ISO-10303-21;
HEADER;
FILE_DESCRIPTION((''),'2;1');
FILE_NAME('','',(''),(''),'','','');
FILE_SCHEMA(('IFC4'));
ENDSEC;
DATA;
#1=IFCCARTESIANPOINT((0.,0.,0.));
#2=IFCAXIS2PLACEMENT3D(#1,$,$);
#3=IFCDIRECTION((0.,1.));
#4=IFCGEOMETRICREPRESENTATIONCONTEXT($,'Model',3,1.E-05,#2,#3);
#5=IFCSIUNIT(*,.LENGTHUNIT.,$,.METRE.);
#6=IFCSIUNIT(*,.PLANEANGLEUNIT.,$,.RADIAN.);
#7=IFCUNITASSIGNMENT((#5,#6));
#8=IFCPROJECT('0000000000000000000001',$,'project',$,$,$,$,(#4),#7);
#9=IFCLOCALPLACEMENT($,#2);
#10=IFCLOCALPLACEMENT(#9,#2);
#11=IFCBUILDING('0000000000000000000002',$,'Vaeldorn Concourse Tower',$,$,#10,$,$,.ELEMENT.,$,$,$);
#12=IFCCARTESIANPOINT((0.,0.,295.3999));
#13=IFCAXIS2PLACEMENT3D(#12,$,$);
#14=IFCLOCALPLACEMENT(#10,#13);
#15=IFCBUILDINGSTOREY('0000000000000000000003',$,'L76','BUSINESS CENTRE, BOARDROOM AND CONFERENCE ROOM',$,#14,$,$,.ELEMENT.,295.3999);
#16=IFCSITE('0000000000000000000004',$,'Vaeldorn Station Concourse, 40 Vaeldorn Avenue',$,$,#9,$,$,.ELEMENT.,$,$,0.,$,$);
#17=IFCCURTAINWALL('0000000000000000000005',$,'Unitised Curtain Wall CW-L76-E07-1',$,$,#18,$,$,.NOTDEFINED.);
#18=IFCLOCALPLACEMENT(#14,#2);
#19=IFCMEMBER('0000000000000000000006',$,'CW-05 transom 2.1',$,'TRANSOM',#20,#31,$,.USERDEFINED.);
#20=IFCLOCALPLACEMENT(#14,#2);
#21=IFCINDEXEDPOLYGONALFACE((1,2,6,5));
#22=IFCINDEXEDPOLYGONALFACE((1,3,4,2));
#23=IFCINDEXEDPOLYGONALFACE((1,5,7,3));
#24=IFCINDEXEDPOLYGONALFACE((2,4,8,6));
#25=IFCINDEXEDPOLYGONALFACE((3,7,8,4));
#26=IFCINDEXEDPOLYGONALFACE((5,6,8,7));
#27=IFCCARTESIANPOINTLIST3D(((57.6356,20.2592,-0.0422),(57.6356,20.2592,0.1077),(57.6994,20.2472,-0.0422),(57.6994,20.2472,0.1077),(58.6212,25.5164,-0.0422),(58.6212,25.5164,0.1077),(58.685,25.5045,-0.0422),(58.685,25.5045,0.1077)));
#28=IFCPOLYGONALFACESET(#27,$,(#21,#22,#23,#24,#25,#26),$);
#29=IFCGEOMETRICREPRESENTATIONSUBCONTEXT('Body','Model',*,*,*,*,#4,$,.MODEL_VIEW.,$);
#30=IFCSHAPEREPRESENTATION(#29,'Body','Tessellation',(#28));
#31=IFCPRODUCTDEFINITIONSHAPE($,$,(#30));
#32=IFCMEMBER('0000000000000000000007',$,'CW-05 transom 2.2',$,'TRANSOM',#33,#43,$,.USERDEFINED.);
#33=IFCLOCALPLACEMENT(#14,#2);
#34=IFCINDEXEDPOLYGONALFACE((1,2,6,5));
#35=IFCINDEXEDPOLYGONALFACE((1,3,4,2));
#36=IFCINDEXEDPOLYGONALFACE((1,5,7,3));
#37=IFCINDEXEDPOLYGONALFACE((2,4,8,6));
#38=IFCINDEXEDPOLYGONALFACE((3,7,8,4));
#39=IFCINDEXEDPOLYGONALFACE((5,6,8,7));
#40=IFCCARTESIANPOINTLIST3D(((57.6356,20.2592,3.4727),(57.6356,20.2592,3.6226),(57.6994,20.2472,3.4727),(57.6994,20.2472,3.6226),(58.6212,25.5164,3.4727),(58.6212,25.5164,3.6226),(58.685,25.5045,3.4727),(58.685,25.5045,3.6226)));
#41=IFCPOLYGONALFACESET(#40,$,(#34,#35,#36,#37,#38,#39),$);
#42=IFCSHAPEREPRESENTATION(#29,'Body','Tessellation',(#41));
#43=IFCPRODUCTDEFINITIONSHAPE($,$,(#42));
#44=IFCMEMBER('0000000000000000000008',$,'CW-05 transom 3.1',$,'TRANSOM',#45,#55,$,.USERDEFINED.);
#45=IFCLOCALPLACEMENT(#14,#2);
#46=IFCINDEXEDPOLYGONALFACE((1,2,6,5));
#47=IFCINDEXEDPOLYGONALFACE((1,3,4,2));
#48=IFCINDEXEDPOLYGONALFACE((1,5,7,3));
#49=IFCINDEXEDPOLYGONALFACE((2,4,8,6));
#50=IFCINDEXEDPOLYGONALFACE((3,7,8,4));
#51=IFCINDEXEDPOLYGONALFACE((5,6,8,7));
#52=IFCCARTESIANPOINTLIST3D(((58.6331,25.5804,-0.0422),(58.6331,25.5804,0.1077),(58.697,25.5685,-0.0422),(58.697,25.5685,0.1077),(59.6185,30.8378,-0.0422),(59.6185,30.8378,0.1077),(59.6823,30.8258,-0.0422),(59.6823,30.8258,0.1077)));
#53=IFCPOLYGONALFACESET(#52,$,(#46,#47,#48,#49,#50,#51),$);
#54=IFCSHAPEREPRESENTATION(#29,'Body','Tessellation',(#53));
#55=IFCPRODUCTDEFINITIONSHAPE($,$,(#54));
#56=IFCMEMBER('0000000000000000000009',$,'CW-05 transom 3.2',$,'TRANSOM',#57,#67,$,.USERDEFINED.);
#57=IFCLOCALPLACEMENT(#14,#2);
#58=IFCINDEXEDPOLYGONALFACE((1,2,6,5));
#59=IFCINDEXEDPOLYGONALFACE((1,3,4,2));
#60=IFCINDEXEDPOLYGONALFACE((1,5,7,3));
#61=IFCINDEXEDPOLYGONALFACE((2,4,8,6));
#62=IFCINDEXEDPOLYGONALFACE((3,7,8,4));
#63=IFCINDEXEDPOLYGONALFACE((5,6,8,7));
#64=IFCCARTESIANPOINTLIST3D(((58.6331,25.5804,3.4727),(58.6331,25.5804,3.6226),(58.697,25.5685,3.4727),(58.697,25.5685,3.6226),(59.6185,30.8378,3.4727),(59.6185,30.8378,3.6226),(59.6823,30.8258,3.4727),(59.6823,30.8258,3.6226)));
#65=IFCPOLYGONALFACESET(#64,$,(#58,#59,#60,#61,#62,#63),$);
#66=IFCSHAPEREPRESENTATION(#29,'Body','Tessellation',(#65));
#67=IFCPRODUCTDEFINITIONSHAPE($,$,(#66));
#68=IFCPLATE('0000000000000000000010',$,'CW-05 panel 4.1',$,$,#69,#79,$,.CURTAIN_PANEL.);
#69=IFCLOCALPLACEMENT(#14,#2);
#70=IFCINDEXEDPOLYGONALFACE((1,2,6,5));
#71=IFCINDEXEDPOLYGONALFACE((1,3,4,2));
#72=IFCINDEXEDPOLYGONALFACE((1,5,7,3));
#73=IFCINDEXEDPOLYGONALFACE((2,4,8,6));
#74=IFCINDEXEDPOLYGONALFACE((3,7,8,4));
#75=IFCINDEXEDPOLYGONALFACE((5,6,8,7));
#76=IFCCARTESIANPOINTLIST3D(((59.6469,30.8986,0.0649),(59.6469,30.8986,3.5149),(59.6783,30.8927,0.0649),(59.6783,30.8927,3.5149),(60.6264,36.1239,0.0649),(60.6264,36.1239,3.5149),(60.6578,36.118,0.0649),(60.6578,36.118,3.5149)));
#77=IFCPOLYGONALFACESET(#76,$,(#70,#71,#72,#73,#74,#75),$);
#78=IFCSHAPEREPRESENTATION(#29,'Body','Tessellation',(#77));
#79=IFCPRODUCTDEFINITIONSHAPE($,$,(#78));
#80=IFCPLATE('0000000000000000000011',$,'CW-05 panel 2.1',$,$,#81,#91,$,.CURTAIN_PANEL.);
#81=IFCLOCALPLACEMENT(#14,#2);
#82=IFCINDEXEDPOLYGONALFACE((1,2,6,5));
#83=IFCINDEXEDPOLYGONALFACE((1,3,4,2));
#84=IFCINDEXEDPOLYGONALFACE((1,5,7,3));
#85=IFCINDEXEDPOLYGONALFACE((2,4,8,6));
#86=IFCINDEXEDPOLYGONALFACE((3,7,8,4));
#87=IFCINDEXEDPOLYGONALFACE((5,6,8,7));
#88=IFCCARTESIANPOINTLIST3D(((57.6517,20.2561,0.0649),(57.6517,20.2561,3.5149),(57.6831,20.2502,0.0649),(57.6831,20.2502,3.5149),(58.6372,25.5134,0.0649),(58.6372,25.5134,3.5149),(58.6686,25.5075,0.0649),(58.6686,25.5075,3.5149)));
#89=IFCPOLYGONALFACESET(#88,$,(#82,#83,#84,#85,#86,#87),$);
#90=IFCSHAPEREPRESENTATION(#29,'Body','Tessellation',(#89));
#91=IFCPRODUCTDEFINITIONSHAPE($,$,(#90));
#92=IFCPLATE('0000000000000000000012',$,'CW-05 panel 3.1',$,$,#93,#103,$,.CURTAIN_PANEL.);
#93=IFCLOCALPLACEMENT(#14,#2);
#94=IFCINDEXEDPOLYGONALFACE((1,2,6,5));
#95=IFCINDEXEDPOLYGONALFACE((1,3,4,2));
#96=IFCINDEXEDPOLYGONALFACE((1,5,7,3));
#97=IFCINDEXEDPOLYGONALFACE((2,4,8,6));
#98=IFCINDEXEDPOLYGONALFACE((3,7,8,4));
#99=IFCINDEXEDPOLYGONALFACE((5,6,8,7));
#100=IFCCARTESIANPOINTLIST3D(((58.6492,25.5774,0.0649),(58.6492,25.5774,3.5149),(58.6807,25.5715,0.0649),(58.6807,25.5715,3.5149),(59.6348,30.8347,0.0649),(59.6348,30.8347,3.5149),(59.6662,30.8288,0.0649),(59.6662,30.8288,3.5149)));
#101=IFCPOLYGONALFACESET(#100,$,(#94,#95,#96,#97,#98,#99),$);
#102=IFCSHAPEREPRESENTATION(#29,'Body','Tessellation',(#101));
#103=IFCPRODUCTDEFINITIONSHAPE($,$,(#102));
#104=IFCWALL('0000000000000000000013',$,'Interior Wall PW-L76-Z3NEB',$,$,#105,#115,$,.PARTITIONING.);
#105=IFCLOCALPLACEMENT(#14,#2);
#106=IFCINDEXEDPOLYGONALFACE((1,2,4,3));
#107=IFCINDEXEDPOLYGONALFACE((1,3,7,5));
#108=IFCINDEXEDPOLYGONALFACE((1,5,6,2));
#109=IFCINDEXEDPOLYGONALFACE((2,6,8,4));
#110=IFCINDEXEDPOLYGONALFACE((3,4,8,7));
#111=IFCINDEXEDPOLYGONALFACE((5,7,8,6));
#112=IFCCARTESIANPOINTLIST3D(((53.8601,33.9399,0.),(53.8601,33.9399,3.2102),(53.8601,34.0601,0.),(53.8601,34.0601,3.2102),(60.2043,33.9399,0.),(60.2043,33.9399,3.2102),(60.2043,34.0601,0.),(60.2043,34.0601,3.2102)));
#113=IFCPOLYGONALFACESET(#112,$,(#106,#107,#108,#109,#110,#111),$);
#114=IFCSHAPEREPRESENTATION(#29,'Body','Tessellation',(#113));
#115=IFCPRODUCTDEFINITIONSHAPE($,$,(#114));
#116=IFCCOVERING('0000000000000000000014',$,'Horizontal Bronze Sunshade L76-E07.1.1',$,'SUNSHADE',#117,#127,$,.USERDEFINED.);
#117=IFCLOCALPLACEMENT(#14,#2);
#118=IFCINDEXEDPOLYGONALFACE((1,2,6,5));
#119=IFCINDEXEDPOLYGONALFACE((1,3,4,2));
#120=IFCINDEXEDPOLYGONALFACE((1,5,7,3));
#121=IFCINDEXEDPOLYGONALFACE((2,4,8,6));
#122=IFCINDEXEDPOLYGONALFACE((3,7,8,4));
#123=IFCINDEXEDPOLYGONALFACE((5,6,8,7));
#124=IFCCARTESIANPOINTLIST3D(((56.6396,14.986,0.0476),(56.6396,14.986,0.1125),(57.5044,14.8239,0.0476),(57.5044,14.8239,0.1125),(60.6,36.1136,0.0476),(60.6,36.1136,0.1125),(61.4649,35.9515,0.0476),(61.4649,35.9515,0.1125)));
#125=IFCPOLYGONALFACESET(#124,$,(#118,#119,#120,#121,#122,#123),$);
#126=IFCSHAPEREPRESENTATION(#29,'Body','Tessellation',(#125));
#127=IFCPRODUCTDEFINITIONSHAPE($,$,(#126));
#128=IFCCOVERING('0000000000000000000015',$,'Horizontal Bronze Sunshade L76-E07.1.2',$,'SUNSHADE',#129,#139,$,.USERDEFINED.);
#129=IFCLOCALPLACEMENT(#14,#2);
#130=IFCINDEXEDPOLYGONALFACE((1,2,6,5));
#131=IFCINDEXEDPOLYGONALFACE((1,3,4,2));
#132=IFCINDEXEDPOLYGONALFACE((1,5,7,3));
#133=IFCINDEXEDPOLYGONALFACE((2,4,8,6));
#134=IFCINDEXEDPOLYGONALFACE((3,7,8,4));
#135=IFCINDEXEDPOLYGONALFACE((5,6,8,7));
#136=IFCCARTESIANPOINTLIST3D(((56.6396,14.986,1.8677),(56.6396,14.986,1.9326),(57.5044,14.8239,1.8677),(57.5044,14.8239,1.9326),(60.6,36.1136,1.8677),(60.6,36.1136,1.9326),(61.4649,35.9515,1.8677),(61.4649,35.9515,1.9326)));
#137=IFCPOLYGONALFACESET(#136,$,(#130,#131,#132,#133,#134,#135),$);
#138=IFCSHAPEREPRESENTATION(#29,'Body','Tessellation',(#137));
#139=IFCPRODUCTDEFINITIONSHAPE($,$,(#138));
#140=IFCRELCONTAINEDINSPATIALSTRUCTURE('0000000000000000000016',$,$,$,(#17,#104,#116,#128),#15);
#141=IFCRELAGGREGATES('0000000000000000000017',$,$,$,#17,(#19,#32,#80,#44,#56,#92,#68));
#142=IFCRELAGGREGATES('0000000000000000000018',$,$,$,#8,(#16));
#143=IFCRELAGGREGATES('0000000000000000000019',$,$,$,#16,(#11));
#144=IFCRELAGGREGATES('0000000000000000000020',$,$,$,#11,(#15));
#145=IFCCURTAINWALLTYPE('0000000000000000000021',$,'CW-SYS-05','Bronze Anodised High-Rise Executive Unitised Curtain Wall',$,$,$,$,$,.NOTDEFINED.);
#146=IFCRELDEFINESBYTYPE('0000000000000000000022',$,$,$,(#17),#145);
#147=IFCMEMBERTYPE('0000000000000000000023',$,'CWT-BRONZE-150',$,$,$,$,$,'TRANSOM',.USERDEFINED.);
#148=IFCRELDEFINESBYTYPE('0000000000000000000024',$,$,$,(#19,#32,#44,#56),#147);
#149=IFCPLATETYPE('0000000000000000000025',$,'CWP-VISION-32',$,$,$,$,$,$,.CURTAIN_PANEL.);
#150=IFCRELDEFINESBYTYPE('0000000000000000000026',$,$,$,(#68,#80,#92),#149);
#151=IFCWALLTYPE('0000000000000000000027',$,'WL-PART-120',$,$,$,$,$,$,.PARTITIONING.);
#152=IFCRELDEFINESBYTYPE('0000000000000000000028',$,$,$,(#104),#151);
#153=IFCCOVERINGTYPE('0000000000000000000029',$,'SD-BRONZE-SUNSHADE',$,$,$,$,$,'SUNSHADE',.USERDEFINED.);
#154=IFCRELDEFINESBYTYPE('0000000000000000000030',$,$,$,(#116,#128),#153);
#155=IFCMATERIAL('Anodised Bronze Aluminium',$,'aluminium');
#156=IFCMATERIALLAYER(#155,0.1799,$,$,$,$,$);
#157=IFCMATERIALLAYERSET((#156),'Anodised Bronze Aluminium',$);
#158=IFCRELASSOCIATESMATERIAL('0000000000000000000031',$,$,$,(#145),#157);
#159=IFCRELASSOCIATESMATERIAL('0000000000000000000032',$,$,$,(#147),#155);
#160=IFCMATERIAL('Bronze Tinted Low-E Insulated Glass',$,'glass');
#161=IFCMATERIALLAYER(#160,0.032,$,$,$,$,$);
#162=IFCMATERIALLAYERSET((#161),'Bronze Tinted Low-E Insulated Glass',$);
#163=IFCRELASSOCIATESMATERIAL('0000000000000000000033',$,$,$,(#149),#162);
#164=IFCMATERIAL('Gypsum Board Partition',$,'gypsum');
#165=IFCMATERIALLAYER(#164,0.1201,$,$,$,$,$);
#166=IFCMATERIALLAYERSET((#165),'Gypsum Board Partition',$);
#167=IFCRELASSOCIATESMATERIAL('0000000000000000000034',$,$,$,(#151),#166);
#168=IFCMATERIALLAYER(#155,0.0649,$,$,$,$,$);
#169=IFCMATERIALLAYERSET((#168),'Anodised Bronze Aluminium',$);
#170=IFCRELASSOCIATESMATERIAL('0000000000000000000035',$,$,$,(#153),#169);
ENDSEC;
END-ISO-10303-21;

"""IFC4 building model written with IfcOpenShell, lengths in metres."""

from ifc_helpers import new_model, si_unit, direction, frame, frame_2d, origin, origin_2d, place, context, subcontext, project, spatial, rectangle, extrude, source, transform, mapped, material, layer, layer_set, material_profile, profile_set, type_object, element, aggregate, save


model = new_model("IFC4")

# Units and contexts
model_context = context("Model", 3, precision=1e-05, world=origin(), true_north=direction((0.0, 1.0)))
body_context = subcontext(model_context, "Body", "Model", "MODEL_VIEW")
ifc_project = project(units=[si_unit("LENGTHUNIT", "METRE"), si_unit("PLANEANGLEUNIT", "RADIAN")], contexts=[model_context])

# Site, building, storey
site_placement = place(None, origin())
site = spatial("IfcSite", under=ifc_project, at=site_placement, Name="Vaeldorn Station Concourse, 40 Vaeldorn Avenue", CompositionType="ELEMENT", RefElevation=0.0)
building_placement = place(site_placement, origin())
building = spatial("IfcBuilding", under=site, at=building_placement, Name="Vaeldorn Concourse Tower", CompositionType="ELEMENT")
storey_placement = place(building_placement, frame((0.0, 0.0, 295.3999)))
storey = spatial("IfcBuildingStorey", under=building, at=storey_placement, Name="L76", Description="BUSINESS CENTRE, BOARDROOM AND CONFERENCE ROOM", CompositionType="ELEMENT", Elevation=295.3999)

# Curtain wall, members, plates
ifc_material_1 = material(Name="Anodised Bronze Aluminium", Category="aluminium")
ifc_layer_1 = layer(ifc_material_1, 0.1799)
ifc_layer_set_1 = layer_set([ifc_layer_1], Name="Anodised Bronze Aluminium")
curtain_wall_type = type_object("IfcCurtainWallType", Name="CW-SYS-05", Description="Bronze Anodised High-Rise Executive Unitised Curtain Wall", PredefinedType="NOTDEFINED", material=ifc_layer_set_1)
curtain_wall_placement = place(storey_placement, origin())
curtain_wall = element("IfcCurtainWall", 1, at=curtain_wall_placement, inside=storey, type_object=curtain_wall_type, Name="Unitised Curtain Wall CW-L76-E07-1", PredefinedType="NOTDEFINED")
ifc_material_profile_1 = material_profile(ifc_material_1, rectangle(XDim=0.0649, YDim=0.1499, at=origin_2d()), Name="CWT 65x150")
ifc_profile_set_1 = profile_set([ifc_material_profile_1], Name="Anodised Bronze Aluminium")
member_type_1 = type_object("IfcMemberType", Name="CWT-BRONZE-150", ElementType="TRANSOM", PredefinedType="USERDEFINED", material=ifc_profile_set_1)
shared_shape_1 = source(origin(), body_context, "Body", "SweptSolid", [
    extrude(rectangle(XDim=0.0649, YDim=0.1499, at=origin_2d()), origin(), (0.0, 0.0, 1.0), 5.3489),
])
member_1_placement = place(storey_placement, frame((57.6675, 20.2532, 0.0327), z_axis=(0.184261, 0.982877, 0.0), x_axis=(-0.982877, 0.184261, 0.0)))
member_1 = element("IfcMember", 2, at=member_1_placement, type_object=member_type_1, Name="CW-05 transom 2.1", ObjectType="TRANSOM", PredefinedType="USERDEFINED", context=body_context, shape_type="MappedRepresentation", body=[
    mapped(shared_shape_1, transform((0.0, 0.0, 0.0), scale=1.0)),
])
member_2_placement = place(storey_placement, frame((57.6675, 20.2532, 3.5476), z_axis=(0.184261, 0.982877, 0.0), x_axis=(-0.982877, 0.184261, 0.0)))
member_2 = element("IfcMember", 3, at=member_2_placement, type_object=member_type_1, Name="CW-05 transom 2.2", ObjectType="TRANSOM", PredefinedType="USERDEFINED", context=body_context, shape_type="MappedRepresentation", body=[
    mapped(shared_shape_1, transform((0.0, 0.0, 0.0), scale=1.0)),
])
member_3_placement = place(storey_placement, frame((58.665, 25.5745, 0.0327), z_axis=(0.184217, 0.982886, 0.0), x_axis=(-0.982886, 0.184217, 0.0)))
member_3 = element("IfcMember", 4, at=member_3_placement, type_object=member_type_1, Name="CW-05 transom 3.1", ObjectType="TRANSOM", PredefinedType="USERDEFINED", context=body_context, shape_type="MappedRepresentation", body=[
    mapped(shared_shape_1, transform((0.0, 0.0, 0.0), scale=1.0)),
])
member_4_placement = place(storey_placement, frame((58.665, 25.5745, 3.5476), z_axis=(0.184217, 0.982886, 0.0), x_axis=(-0.982886, 0.184217, 0.0)))
member_4 = element("IfcMember", 5, at=member_4_placement, type_object=member_type_1, Name="CW-05 transom 3.2", ObjectType="TRANSOM", PredefinedType="USERDEFINED", context=body_context, shape_type="MappedRepresentation", body=[
    mapped(shared_shape_1, transform((0.0, 0.0, 0.0), scale=1.0)),
])
ifc_material_2 = material(Name="Bronze Tinted Low-E Insulated Glass", Category="glass")
ifc_layer_2 = layer(ifc_material_2, 0.032)
ifc_layer_set_2 = layer_set([ifc_layer_2], Name="Bronze Tinted Low-E Insulated Glass")
plate_type = type_object("IfcPlateType", Name="CWP-VISION-32", PredefinedType="CURTAIN_PANEL", material=ifc_layer_set_2)
shared_shape_2 = source(origin(), body_context, "Body", "SweptSolid", [
    extrude(rectangle(XDim=5.3164, YDim=0.032, at=origin_2d()), origin(), (0.0, 0.0, 1.0), 3.45),
])
plate_1_placement = place(storey_placement, frame((60.1523, 33.5083, 0.0649), z_axis=(0.0, 0.0, 1.0), x_axis=(0.184247, 0.98288, 0.0)))
plate_1 = element("IfcPlate", 6, at=plate_1_placement, type_object=plate_type, Name="CW-05 panel 4.1", PredefinedType="CURTAIN_PANEL", context=body_context, shape_type="MappedRepresentation", body=[
    mapped(shared_shape_2, transform((0.0, 0.0, 0.0), scale=1.0)),
])
shared_shape_3 = source(origin(), body_context, "Body", "SweptSolid", [
    extrude(rectangle(XDim=5.3489, YDim=0.032, at=origin_2d()), origin(), (0.0, 0.0, 1.0), 3.45),
])
plate_2_placement = place(storey_placement, frame((58.1602, 22.8818, 0.0649), z_axis=(0.0, 0.0, 1.0), x_axis=(0.184247, 0.98288, 0.0)))
plate_2 = element("IfcPlate", 7, at=plate_2_placement, type_object=plate_type, Name="CW-05 panel 2.1", PredefinedType="CURTAIN_PANEL", context=body_context, shape_type="MappedRepresentation", body=[
    mapped(shared_shape_3, transform((0.0, 0.0, 0.0), scale=1.0)),
])
plate_3_placement = place(storey_placement, frame((59.1577, 28.2031, 0.0649), z_axis=(0.0, 0.0, 1.0), x_axis=(0.184247, 0.98288, 0.0)))
plate_3 = element("IfcPlate", 8, at=plate_3_placement, type_object=plate_type, Name="CW-05 panel 3.1", PredefinedType="CURTAIN_PANEL", context=body_context, shape_type="MappedRepresentation", body=[
    mapped(shared_shape_3, transform((0.0, 0.0, 0.0), scale=1.0)),
])
aggregate(curtain_wall, [member_1, member_2, plate_2, member_3, member_4, plate_3, plate_1])

# Shared definitions
ifc_material_3 = material(Name="Gypsum Board Partition", Category="gypsum")
ifc_layer_3 = layer(ifc_material_3, 0.1201)
ifc_layer_set_3 = layer_set([ifc_layer_3], Name="Gypsum Board Partition")
wall_type = type_object("IfcWallType", Name="WL-PART-120", PredefinedType="PARTITIONING", material=ifc_layer_set_3)

# Wall
wall_1_placement = place(storey_placement, frame((53.8601, 34.0, 0.0), z_axis=(0.0, 0.0, 1.0), x_axis=(1.0, 0.0, 0.0)))
element("IfcWall", 9, at=wall_1_placement, inside=storey, type_object=wall_type, Name="Interior Wall PW-L76-Z3NEB", PredefinedType="PARTITIONING", context=body_context, shape_type="SweptSolid", body=[
    extrude(rectangle(XDim=6.3442, YDim=0.1201, at=frame_2d((3.1721, 0.0))), origin(), (0.0, 0.0, 1.0), 3.2102),
])

# Coverings
ifc_layer_4 = layer(ifc_material_1, 0.0649)
ifc_layer_set_4 = layer_set([ifc_layer_4], Name="Anodised Bronze Aluminium")
covering_type = type_object("IfcCoveringType", Name="SD-BRONZE-SUNSHADE", ElementType="SUNSHADE", PredefinedType="USERDEFINED", material=ifc_layer_set_4)
shared_shape_4 = source(origin(), body_context, "Body", "SweptSolid", [
    extrude(rectangle(XDim=21.4956, YDim=0.8799, at=origin_2d()), origin(), (0.0, 0.0, 1.0), 0.0649),
])
for number, where, z_axis, x_axis, name in (
    (10, (59.0522, 25.4688, 0.0476), (0.0, 0.0, 1.0), (0.184243, 0.982881, 0.0), "Horizontal Bronze Sunshade L76-E07.1.1"),
    (11, (59.0522, 25.4688, 1.8677), (0.0, 0.0, 1.0), (0.184243, 0.982881, 0.0), "Horizontal Bronze Sunshade L76-E07.1.2"),
):
    element("IfcCovering", number, at=place(storey_placement, frame(where, z_axis=z_axis, x_axis=x_axis)), inside=storey, type_object=covering_type, Name=name, ObjectType="SUNSHADE", PredefinedType="USERDEFINED", context=body_context, shape_type="MappedRepresentation", body=[
        mapped(shared_shape_4, transform((0.0, 0.0, 0.0), scale=1.0)),
    ])

save(model, "model.ifc")
